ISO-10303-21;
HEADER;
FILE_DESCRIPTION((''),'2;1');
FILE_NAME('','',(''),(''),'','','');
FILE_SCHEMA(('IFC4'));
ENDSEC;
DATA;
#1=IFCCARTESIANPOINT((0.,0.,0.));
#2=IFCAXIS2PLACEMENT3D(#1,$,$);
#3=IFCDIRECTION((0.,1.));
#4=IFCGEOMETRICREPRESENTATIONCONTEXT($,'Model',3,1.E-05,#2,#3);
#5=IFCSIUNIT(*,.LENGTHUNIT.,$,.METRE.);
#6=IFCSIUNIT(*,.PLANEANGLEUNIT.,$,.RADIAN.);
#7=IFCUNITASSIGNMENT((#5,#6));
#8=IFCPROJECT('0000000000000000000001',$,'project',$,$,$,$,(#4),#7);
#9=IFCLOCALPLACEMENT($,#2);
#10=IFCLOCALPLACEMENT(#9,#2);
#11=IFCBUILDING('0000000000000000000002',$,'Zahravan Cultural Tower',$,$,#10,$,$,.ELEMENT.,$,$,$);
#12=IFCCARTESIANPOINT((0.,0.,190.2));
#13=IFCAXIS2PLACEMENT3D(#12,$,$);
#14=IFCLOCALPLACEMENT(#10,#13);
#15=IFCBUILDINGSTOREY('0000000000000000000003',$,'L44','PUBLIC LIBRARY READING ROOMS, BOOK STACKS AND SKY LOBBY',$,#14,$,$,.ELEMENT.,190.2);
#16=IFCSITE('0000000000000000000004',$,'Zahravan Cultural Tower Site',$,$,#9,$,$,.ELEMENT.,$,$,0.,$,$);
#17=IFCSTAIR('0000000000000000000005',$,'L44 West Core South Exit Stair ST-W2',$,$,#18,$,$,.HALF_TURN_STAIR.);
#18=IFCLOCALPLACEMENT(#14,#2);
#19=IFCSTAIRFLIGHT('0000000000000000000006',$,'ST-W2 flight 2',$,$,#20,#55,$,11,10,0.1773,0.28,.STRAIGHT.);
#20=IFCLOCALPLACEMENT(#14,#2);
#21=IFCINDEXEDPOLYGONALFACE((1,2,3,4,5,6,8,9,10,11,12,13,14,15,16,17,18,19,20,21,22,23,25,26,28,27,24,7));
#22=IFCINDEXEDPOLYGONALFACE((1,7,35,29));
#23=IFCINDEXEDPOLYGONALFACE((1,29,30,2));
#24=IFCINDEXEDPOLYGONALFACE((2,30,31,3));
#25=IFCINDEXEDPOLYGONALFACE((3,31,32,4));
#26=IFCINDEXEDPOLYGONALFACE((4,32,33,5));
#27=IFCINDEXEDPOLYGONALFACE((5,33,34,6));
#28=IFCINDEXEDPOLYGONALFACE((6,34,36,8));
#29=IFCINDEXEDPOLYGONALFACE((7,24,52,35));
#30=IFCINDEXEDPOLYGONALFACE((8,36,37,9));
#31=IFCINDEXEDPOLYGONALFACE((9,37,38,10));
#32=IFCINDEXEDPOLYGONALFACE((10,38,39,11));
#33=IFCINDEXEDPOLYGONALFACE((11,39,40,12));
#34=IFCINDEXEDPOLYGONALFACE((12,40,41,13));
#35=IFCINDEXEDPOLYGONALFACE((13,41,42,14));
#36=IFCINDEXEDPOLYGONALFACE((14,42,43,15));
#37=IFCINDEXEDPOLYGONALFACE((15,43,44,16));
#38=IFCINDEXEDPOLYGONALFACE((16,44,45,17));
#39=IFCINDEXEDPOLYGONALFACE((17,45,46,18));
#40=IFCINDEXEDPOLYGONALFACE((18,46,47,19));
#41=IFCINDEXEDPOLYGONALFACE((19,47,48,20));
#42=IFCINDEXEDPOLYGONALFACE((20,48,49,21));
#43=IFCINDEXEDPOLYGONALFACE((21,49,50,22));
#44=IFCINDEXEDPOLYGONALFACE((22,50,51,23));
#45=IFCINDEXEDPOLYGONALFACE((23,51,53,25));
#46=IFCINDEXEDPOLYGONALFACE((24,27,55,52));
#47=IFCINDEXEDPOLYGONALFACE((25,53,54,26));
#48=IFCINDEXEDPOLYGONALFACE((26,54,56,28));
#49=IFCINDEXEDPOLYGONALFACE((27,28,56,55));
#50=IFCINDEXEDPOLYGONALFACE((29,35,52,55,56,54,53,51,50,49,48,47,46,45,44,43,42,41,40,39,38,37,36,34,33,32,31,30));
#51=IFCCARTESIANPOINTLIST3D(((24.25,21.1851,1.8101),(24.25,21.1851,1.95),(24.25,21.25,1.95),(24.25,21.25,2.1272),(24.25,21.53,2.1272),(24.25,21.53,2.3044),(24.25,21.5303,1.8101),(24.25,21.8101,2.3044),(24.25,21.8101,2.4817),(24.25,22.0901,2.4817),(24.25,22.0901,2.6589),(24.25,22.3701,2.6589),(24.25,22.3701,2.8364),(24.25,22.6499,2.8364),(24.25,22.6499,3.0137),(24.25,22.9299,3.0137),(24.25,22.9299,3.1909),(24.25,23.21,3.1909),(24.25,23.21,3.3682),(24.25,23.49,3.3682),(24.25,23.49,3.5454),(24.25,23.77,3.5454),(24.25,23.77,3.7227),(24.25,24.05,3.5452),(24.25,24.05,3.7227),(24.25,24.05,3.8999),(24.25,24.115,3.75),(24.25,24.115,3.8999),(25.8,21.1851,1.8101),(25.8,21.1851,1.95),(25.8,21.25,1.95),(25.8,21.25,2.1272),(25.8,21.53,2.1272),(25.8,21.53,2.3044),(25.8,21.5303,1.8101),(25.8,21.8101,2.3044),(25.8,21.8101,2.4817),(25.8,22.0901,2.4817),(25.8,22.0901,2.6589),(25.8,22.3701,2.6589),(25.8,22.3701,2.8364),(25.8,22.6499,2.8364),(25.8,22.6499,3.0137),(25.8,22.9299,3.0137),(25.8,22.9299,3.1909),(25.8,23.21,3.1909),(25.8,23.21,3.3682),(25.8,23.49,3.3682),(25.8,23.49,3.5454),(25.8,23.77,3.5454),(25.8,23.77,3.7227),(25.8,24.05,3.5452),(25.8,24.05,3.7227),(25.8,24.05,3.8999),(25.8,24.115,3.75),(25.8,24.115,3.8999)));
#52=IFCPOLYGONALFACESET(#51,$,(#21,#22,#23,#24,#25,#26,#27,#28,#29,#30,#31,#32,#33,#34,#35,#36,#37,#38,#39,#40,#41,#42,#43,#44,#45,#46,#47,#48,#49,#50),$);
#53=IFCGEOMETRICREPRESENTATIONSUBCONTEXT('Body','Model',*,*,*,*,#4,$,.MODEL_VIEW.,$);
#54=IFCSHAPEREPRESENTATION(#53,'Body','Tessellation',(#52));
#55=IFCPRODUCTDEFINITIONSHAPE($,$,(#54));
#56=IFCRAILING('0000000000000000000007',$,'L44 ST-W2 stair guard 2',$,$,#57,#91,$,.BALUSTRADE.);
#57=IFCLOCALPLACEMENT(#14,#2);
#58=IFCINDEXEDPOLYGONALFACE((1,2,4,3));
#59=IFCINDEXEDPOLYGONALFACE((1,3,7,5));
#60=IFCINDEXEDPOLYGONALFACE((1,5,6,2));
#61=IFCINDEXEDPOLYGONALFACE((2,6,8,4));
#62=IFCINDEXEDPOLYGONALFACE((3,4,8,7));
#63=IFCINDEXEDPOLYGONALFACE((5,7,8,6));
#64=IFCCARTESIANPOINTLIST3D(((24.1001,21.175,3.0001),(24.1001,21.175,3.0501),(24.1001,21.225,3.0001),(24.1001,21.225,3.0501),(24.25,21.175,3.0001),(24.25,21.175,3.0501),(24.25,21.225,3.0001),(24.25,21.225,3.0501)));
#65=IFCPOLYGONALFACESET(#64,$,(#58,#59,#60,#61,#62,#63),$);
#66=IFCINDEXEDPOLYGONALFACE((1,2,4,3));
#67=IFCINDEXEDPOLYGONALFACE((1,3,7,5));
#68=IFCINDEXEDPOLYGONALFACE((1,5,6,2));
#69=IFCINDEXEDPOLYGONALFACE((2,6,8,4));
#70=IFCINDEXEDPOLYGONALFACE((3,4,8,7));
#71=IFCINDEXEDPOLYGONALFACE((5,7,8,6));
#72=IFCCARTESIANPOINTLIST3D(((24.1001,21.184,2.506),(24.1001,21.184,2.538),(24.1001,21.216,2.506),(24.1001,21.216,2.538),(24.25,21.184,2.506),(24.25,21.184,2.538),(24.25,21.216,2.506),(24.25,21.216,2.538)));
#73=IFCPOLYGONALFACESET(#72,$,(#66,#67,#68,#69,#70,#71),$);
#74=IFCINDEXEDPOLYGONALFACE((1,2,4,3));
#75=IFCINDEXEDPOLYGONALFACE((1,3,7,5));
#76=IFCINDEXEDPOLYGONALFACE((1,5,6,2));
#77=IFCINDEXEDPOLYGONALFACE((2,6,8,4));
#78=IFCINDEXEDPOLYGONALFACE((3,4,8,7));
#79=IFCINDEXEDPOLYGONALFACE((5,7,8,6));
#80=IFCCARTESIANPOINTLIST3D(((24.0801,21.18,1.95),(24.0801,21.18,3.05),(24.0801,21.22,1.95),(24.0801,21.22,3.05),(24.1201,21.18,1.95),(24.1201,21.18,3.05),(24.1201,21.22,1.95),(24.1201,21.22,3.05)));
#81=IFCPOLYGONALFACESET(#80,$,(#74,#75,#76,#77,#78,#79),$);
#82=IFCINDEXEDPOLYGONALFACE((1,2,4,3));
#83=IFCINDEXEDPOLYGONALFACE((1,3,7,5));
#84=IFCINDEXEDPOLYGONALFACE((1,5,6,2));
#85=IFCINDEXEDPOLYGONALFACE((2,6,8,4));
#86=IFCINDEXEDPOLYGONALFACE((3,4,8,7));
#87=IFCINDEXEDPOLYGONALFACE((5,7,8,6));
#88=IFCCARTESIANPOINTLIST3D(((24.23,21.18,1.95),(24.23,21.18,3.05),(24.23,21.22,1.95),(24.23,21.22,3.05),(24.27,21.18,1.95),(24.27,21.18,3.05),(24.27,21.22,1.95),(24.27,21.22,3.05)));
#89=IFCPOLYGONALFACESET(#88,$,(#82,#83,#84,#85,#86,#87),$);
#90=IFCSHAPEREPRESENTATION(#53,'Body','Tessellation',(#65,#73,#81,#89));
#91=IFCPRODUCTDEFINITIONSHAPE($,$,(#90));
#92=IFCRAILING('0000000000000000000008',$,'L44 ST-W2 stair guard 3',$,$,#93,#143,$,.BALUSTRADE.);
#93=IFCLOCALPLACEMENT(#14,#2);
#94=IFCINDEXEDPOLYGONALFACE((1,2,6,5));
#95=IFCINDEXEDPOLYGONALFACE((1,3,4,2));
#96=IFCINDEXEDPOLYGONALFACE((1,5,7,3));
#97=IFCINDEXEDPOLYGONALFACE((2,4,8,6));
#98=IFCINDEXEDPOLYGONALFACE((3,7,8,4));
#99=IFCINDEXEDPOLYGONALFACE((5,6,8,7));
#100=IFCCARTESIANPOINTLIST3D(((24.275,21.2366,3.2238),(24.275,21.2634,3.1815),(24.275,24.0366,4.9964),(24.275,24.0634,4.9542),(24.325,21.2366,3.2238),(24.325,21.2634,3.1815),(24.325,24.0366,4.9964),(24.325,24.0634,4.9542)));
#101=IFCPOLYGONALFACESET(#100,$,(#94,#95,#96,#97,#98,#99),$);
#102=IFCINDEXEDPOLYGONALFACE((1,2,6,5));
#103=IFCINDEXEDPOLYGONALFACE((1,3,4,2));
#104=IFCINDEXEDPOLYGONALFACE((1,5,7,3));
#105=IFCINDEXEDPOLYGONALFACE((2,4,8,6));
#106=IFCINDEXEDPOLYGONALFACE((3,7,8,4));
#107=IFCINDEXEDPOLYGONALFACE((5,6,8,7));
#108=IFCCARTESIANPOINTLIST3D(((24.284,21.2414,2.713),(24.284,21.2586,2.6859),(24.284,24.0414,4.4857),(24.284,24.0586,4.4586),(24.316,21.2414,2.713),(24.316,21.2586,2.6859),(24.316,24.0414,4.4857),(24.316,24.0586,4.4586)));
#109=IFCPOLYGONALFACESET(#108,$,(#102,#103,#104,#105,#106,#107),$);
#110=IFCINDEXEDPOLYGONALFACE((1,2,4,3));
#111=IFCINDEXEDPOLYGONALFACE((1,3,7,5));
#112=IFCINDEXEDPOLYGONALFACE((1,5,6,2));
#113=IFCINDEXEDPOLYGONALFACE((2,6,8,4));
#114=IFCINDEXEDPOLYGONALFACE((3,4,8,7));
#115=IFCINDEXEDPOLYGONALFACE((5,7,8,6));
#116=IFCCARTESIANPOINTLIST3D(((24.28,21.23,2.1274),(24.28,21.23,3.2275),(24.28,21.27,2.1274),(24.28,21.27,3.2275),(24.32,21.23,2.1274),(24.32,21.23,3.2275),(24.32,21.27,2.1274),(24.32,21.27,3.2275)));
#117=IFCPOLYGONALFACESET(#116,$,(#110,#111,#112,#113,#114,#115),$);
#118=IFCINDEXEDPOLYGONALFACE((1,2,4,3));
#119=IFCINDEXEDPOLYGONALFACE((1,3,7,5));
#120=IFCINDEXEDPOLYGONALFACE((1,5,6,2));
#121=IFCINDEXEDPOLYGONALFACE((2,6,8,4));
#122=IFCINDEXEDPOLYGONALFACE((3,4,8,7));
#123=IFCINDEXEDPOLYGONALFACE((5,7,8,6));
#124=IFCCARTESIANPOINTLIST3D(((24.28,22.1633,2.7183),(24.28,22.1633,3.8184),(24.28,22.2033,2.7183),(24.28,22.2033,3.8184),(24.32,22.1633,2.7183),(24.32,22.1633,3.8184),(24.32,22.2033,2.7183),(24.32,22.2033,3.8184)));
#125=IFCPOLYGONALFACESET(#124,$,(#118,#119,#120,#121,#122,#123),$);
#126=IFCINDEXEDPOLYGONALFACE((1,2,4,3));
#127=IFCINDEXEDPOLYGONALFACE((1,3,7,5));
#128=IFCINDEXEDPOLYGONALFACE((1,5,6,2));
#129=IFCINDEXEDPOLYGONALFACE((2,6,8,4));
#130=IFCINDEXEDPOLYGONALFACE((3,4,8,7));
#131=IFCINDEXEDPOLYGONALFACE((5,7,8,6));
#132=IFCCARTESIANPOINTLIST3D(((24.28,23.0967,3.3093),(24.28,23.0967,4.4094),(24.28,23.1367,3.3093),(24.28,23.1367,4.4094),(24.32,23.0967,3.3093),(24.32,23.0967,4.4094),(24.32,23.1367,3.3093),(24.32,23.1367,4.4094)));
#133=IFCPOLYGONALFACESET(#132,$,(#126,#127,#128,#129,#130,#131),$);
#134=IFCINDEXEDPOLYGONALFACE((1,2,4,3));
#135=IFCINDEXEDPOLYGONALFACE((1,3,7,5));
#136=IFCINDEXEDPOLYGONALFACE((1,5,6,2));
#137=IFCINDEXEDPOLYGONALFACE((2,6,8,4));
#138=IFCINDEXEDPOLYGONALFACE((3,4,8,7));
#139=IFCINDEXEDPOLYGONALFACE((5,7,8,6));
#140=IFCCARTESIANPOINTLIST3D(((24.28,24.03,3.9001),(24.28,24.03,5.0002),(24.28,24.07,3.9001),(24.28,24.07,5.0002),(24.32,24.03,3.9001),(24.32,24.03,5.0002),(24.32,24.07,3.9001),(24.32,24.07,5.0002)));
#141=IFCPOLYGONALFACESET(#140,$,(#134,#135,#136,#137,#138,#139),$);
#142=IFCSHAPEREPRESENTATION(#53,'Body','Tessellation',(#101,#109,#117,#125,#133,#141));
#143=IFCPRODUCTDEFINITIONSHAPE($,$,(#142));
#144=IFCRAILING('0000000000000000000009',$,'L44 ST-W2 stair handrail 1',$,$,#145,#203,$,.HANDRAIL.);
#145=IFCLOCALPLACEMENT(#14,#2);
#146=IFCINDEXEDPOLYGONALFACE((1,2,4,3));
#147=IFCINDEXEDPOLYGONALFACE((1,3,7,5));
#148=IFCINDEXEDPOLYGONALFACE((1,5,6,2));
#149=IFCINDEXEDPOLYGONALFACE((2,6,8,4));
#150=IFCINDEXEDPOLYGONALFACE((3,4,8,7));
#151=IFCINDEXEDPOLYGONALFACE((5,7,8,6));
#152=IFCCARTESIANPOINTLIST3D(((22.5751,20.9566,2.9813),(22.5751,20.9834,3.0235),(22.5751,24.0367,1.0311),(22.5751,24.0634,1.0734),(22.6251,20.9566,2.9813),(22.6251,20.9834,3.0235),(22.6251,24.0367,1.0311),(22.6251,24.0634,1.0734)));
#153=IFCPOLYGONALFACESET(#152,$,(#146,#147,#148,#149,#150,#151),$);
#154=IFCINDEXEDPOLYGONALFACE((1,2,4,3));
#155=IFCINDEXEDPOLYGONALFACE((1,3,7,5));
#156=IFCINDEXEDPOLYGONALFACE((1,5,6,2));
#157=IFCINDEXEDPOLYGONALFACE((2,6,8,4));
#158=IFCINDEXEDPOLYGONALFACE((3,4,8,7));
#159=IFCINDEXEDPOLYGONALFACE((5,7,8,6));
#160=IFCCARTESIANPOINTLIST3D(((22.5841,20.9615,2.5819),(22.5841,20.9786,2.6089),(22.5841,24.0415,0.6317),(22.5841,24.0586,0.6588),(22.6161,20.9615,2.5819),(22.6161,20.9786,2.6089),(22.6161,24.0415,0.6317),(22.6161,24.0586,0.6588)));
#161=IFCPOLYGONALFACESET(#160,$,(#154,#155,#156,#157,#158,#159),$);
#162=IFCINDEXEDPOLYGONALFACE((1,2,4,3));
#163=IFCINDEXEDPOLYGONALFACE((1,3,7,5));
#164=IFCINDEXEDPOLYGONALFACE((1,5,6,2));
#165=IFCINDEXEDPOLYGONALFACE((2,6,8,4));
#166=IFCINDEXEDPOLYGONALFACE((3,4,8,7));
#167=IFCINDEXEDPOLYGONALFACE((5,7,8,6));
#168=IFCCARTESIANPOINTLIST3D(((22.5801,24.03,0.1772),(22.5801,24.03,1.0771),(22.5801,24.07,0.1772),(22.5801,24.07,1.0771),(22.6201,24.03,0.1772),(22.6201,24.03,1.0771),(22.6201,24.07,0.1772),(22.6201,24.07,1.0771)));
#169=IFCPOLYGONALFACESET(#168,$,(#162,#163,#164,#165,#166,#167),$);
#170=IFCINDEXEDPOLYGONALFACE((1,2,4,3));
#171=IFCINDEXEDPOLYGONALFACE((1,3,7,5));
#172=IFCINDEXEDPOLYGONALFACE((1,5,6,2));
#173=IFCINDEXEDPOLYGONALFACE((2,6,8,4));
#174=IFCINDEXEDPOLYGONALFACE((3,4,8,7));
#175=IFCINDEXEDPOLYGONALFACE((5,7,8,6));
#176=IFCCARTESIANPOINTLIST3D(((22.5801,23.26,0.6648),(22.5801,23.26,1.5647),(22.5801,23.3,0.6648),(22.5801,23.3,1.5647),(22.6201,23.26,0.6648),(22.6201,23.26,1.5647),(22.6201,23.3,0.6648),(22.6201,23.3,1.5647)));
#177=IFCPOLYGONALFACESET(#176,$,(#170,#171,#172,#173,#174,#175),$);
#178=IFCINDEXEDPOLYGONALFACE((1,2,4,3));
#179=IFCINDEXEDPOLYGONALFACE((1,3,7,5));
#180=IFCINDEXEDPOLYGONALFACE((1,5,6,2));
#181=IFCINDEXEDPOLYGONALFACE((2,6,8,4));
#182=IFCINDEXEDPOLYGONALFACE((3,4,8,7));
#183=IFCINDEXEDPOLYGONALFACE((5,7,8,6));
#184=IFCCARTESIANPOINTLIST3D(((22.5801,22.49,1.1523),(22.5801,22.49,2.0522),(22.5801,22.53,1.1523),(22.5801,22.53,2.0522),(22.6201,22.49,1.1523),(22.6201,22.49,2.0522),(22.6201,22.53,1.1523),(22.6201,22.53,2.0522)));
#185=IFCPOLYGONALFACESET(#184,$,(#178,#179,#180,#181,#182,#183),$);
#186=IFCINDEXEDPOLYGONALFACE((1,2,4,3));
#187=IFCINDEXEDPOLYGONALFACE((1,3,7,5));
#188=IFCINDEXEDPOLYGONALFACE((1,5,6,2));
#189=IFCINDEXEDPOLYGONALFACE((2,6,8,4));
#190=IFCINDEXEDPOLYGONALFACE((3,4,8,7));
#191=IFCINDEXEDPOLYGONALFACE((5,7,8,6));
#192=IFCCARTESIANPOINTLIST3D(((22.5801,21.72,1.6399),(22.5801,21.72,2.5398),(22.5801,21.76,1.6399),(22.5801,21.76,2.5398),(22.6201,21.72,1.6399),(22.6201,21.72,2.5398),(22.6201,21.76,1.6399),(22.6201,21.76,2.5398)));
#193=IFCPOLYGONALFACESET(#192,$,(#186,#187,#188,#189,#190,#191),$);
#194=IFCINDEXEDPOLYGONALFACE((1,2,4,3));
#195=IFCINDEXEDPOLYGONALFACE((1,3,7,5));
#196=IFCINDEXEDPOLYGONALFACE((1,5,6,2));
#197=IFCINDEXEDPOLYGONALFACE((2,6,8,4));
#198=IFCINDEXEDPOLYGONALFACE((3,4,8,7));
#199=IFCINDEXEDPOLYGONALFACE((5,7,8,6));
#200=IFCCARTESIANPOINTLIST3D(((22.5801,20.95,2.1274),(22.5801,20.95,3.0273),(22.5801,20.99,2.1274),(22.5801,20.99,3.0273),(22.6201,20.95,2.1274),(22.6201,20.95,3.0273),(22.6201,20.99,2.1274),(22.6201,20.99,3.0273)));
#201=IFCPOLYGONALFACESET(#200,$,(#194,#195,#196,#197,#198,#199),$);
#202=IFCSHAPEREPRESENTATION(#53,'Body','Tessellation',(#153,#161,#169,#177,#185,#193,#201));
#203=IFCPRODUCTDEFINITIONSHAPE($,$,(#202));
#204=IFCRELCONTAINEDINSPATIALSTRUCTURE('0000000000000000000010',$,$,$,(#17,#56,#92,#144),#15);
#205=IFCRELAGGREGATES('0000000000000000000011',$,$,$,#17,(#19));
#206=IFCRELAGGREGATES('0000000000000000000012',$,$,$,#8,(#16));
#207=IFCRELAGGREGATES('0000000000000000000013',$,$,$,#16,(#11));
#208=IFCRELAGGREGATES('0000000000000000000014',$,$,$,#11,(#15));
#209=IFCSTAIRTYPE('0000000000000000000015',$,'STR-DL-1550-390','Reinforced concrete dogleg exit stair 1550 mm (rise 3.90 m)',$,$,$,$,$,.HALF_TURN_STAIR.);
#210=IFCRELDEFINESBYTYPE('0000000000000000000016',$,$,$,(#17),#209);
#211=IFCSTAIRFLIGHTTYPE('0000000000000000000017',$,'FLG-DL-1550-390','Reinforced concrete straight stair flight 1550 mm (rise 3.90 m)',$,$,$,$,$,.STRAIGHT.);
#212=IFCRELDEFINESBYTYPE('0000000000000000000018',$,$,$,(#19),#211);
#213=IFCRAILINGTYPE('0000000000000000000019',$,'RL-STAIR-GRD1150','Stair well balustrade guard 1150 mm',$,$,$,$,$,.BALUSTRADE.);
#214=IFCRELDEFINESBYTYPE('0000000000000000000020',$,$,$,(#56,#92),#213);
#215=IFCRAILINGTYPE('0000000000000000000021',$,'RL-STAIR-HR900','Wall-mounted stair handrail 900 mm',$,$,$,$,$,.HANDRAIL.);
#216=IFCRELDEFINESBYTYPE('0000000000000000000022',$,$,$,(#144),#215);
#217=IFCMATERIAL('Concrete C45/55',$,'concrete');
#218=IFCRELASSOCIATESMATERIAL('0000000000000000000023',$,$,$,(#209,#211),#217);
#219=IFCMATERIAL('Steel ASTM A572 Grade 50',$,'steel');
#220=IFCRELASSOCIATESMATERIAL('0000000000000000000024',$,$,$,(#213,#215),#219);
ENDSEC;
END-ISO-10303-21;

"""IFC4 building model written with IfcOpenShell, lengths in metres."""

from ifc_helpers import new_model, si_unit, direction, frame, origin, origin_2d, place, context, subcontext, project, spatial, polyline, rectangle, outline, extrude, material, type_object, element, aggregate, save


model = new_model("IFC4")

# Units and contexts
model_context = context("Model", 3, precision=1e-05, world=origin(), true_north=direction((0.0, 1.0)))
body_context = subcontext(model_context, "Body", "Model", "MODEL_VIEW")
ifc_project = project(units=[si_unit("LENGTHUNIT", "METRE"), si_unit("PLANEANGLEUNIT", "RADIAN")], contexts=[model_context])

# Site, building, storey
site_placement = place(None, origin())
site = spatial("IfcSite", under=ifc_project, at=site_placement, Name="Zahravan Cultural Tower Site", CompositionType="ELEMENT", RefElevation=0.0)
building_placement = place(site_placement, origin())
building = spatial("IfcBuilding", under=site, at=building_placement, Name="Zahravan Cultural Tower", CompositionType="ELEMENT")
storey_placement = place(building_placement, frame((0.0, 0.0, 190.2)))
storey = spatial("IfcBuildingStorey", under=building, at=storey_placement, Name="L44", Description="PUBLIC LIBRARY READING ROOMS, BOOK STACKS AND SKY LOBBY", CompositionType="ELEMENT", Elevation=190.2)

# Shared definitions
ifc_material_1 = material(Name="Concrete C45/55", Category="concrete")
ifc_material_2 = material(Name="Steel ASTM A572 Grade 50", Category="steel")

# Stair, stair flight
stair_type = type_object("IfcStairType", Name="STR-DL-1550-390", Description="Reinforced concrete dogleg exit stair 1550 mm (rise 3.90 m)", PredefinedType="HALF_TURN_STAIR", material=ifc_material_1)
stair_placement = place(storey_placement, origin())
stair = element("IfcStair", 1, at=stair_placement, inside=storey, type_object=stair_type, Name="L44 West Core South Exit Stair ST-W2", PredefinedType="HALF_TURN_STAIR")
stair_flight_type = type_object("IfcStairFlightType", Name="FLG-DL-1550-390", Description="Reinforced concrete straight stair flight 1550 mm (rise 3.90 m)", PredefinedType="STRAIGHT", material=ifc_material_1)
stair_flight_1_placement = place(storey_placement, frame((25.0249, 21.25, 1.95), z_axis=(0.0, 0.0, 1.0), x_axis=(0.0, 1.0, 0.0)))
stair_flight_1 = element("IfcStairFlight", 2, at=stair_flight_1_placement, type_object=stair_flight_type, Name="ST-W2 flight 2", NumberOfRisers=11, NumberOfTreads=10, PredefinedType="STRAIGHT", RiserHeight=0.1773, TreadLength=0.28, context=body_context, shape_type="SweptSolid", body=[
    extrude(outline(polyline([(-0.0649, -0.1399), (-0.0649, 0.0), (0.0, 0.0), (0.0, 0.1772), (0.28, 0.1772), (0.28, 0.3545), (0.5601, 0.3545), (0.5601, 0.5317), (0.8401, 0.5317), (0.8401, 0.709), (1.1201, 0.709), (1.1201, 0.8865), (1.3999, 0.8865), (1.3999, 1.0637), (1.6799, 1.0637), (1.6799, 1.241), (1.96, 1.241), (1.96, 1.4182), (2.24, 1.4182), (2.24, 1.5955), (2.52, 1.5955), (2.52, 1.7727), (2.8, 1.7727), (2.8, 1.95), (2.865, 1.95), (2.865, 1.8), (2.8, 1.5952), (0.2803, -0.1399), (-0.0649, -0.1399)])), frame((0.0, 0.7749, 0.0), z_axis=(0.0, -1.0, 0.0), x_axis=(1.0, 0.0, 0.0)), (0.0, 0.0, 1.0), 1.55),
])
aggregate(stair, [stair_flight_1])

# Railings
railing_type_1 = type_object("IfcRailingType", Name="RL-STAIR-GRD1150", Description="Stair well balustrade guard 1150 mm", PredefinedType="BALUSTRADE", material=ifc_material_2)
railing_1_placement = place(storey_placement, frame((24.1001, 21.2, 1.95)))
element("IfcRailing", 3, at=railing_1_placement, inside=storey, type_object=railing_type_1, Name="L44 ST-W2 stair guard 2", PredefinedType="BALUSTRADE", context=body_context, shape_type="SweptSolid", body=[
    extrude(rectangle(XDim=0.05, YDim=0.05, at=origin_2d()), frame((0.0, 0.0, 1.0752), z_axis=(1.0, 0.0, 0.0), x_axis=(0.0, 1.0, 0.0)), (0.0, 0.0, 1.0), 0.1499),
    extrude(rectangle(XDim=0.032, YDim=0.032, at=origin_2d()), frame((0.0, 0.0, 0.572), z_axis=(1.0, 0.0, 0.0), x_axis=(0.0, 1.0, 0.0)), (0.0, 0.0, 1.0), 0.1499),
    extrude(rectangle(XDim=0.04, YDim=0.04, at=origin_2d()), origin(), (0.0, 0.0, 1.0), 1.1001),
    extrude(rectangle(XDim=0.04, YDim=0.04, at=origin_2d()), frame((0.1499, 0.0, 0.0)), (0.0, 0.0, 1.0), 1.1001),
])
railing_2_placement = place(storey_placement, frame((24.3, 21.25, 2.1274)))
element("IfcRailing", 4, at=railing_2_placement, inside=storey, type_object=railing_type_1, Name="L44 ST-W2 stair guard 3", PredefinedType="BALUSTRADE", context=body_context, shape_type="SweptSolid", body=[
    extrude(rectangle(XDim=0.05, YDim=0.05, at=origin_2d()), frame((0.0, 0.0, 1.0752), z_axis=(0.0, 0.844909, 0.53491), x_axis=(-1.0, 0.0, 0.0)), (0.0, 0.0, 1.0), 3.314),
    extrude(rectangle(XDim=0.032, YDim=0.032, at=origin_2d()), frame((0.0, 0.0, 0.572), z_axis=(0.0, 0.844909, 0.53491), x_axis=(-1.0, 0.0, 0.0)), (0.0, 0.0, 1.0), 3.314),
    extrude(rectangle(XDim=0.04, YDim=0.04, at=origin_2d()), origin(), (0.0, 0.0, 1.0), 1.1001),
    extrude(rectangle(XDim=0.04, YDim=0.04, at=origin_2d()), frame((0.0, 0.9333, 0.5908)), (0.0, 0.0, 1.0), 1.1001),
    extrude(rectangle(XDim=0.04, YDim=0.04, at=origin_2d()), frame((0.0, 1.8667, 1.1819)), (0.0, 0.0, 1.0), 1.1001),
    extrude(rectangle(XDim=0.04, YDim=0.04, at=origin_2d()), frame((0.0, 2.8, 1.7727)), (0.0, 0.0, 1.0), 1.1001),
])
railing_type_2 = type_object("IfcRailingType", Name="RL-STAIR-HR900", Description="Wall-mounted stair handrail 900 mm", PredefinedType="HANDRAIL", material=ifc_material_2)
railing_3_placement = place(storey_placement, frame((22.6001, 24.05, 0.1772)))
element("IfcRailing", 5, at=railing_3_placement, inside=storey, type_object=railing_type_2, Name="L44 ST-W2 stair handrail 1", PredefinedType="HANDRAIL", context=body_context, shape_type="SweptSolid", body=[
    extrude(rectangle(XDim=0.05, YDim=0.05, at=origin_2d()), frame((0.0, 0.0, 0.875), z_axis=(0.0, -0.844884, 0.53495), x_axis=(1.0, 0.0, 0.0)), (0.0, 0.0, 1.0), 3.6455),
    extrude(rectangle(XDim=0.032, YDim=0.032, at=origin_2d()), frame((0.0, 0.0, 0.468), z_axis=(0.0, -0.844884, 0.53495), x_axis=(1.0, 0.0, 0.0)), (0.0, 0.0, 1.0), 3.6455),
    extrude(rectangle(XDim=0.04, YDim=0.04, at=origin_2d()), origin(), (0.0, 0.0, 1.0), 0.8999),
    extrude(rectangle(XDim=0.04, YDim=0.04, at=origin_2d()), frame((0.0, -0.77, 0.4875)), (0.0, 0.0, 1.0), 0.8999),
    extrude(rectangle(XDim=0.04, YDim=0.04, at=origin_2d()), frame((0.0, -1.54, 0.9751)), (0.0, 0.0, 1.0), 0.8999),
    extrude(rectangle(XDim=0.04, YDim=0.04, at=origin_2d()), frame((0.0, -2.3101, 1.4626)), (0.0, 0.0, 1.0), 0.8999),
    extrude(rectangle(XDim=0.04, YDim=0.04, at=origin_2d()), frame((0.0, -3.0801, 1.9502)), (0.0, 0.0, 1.0), 0.8999),
])

save(model, "model.ifc")
